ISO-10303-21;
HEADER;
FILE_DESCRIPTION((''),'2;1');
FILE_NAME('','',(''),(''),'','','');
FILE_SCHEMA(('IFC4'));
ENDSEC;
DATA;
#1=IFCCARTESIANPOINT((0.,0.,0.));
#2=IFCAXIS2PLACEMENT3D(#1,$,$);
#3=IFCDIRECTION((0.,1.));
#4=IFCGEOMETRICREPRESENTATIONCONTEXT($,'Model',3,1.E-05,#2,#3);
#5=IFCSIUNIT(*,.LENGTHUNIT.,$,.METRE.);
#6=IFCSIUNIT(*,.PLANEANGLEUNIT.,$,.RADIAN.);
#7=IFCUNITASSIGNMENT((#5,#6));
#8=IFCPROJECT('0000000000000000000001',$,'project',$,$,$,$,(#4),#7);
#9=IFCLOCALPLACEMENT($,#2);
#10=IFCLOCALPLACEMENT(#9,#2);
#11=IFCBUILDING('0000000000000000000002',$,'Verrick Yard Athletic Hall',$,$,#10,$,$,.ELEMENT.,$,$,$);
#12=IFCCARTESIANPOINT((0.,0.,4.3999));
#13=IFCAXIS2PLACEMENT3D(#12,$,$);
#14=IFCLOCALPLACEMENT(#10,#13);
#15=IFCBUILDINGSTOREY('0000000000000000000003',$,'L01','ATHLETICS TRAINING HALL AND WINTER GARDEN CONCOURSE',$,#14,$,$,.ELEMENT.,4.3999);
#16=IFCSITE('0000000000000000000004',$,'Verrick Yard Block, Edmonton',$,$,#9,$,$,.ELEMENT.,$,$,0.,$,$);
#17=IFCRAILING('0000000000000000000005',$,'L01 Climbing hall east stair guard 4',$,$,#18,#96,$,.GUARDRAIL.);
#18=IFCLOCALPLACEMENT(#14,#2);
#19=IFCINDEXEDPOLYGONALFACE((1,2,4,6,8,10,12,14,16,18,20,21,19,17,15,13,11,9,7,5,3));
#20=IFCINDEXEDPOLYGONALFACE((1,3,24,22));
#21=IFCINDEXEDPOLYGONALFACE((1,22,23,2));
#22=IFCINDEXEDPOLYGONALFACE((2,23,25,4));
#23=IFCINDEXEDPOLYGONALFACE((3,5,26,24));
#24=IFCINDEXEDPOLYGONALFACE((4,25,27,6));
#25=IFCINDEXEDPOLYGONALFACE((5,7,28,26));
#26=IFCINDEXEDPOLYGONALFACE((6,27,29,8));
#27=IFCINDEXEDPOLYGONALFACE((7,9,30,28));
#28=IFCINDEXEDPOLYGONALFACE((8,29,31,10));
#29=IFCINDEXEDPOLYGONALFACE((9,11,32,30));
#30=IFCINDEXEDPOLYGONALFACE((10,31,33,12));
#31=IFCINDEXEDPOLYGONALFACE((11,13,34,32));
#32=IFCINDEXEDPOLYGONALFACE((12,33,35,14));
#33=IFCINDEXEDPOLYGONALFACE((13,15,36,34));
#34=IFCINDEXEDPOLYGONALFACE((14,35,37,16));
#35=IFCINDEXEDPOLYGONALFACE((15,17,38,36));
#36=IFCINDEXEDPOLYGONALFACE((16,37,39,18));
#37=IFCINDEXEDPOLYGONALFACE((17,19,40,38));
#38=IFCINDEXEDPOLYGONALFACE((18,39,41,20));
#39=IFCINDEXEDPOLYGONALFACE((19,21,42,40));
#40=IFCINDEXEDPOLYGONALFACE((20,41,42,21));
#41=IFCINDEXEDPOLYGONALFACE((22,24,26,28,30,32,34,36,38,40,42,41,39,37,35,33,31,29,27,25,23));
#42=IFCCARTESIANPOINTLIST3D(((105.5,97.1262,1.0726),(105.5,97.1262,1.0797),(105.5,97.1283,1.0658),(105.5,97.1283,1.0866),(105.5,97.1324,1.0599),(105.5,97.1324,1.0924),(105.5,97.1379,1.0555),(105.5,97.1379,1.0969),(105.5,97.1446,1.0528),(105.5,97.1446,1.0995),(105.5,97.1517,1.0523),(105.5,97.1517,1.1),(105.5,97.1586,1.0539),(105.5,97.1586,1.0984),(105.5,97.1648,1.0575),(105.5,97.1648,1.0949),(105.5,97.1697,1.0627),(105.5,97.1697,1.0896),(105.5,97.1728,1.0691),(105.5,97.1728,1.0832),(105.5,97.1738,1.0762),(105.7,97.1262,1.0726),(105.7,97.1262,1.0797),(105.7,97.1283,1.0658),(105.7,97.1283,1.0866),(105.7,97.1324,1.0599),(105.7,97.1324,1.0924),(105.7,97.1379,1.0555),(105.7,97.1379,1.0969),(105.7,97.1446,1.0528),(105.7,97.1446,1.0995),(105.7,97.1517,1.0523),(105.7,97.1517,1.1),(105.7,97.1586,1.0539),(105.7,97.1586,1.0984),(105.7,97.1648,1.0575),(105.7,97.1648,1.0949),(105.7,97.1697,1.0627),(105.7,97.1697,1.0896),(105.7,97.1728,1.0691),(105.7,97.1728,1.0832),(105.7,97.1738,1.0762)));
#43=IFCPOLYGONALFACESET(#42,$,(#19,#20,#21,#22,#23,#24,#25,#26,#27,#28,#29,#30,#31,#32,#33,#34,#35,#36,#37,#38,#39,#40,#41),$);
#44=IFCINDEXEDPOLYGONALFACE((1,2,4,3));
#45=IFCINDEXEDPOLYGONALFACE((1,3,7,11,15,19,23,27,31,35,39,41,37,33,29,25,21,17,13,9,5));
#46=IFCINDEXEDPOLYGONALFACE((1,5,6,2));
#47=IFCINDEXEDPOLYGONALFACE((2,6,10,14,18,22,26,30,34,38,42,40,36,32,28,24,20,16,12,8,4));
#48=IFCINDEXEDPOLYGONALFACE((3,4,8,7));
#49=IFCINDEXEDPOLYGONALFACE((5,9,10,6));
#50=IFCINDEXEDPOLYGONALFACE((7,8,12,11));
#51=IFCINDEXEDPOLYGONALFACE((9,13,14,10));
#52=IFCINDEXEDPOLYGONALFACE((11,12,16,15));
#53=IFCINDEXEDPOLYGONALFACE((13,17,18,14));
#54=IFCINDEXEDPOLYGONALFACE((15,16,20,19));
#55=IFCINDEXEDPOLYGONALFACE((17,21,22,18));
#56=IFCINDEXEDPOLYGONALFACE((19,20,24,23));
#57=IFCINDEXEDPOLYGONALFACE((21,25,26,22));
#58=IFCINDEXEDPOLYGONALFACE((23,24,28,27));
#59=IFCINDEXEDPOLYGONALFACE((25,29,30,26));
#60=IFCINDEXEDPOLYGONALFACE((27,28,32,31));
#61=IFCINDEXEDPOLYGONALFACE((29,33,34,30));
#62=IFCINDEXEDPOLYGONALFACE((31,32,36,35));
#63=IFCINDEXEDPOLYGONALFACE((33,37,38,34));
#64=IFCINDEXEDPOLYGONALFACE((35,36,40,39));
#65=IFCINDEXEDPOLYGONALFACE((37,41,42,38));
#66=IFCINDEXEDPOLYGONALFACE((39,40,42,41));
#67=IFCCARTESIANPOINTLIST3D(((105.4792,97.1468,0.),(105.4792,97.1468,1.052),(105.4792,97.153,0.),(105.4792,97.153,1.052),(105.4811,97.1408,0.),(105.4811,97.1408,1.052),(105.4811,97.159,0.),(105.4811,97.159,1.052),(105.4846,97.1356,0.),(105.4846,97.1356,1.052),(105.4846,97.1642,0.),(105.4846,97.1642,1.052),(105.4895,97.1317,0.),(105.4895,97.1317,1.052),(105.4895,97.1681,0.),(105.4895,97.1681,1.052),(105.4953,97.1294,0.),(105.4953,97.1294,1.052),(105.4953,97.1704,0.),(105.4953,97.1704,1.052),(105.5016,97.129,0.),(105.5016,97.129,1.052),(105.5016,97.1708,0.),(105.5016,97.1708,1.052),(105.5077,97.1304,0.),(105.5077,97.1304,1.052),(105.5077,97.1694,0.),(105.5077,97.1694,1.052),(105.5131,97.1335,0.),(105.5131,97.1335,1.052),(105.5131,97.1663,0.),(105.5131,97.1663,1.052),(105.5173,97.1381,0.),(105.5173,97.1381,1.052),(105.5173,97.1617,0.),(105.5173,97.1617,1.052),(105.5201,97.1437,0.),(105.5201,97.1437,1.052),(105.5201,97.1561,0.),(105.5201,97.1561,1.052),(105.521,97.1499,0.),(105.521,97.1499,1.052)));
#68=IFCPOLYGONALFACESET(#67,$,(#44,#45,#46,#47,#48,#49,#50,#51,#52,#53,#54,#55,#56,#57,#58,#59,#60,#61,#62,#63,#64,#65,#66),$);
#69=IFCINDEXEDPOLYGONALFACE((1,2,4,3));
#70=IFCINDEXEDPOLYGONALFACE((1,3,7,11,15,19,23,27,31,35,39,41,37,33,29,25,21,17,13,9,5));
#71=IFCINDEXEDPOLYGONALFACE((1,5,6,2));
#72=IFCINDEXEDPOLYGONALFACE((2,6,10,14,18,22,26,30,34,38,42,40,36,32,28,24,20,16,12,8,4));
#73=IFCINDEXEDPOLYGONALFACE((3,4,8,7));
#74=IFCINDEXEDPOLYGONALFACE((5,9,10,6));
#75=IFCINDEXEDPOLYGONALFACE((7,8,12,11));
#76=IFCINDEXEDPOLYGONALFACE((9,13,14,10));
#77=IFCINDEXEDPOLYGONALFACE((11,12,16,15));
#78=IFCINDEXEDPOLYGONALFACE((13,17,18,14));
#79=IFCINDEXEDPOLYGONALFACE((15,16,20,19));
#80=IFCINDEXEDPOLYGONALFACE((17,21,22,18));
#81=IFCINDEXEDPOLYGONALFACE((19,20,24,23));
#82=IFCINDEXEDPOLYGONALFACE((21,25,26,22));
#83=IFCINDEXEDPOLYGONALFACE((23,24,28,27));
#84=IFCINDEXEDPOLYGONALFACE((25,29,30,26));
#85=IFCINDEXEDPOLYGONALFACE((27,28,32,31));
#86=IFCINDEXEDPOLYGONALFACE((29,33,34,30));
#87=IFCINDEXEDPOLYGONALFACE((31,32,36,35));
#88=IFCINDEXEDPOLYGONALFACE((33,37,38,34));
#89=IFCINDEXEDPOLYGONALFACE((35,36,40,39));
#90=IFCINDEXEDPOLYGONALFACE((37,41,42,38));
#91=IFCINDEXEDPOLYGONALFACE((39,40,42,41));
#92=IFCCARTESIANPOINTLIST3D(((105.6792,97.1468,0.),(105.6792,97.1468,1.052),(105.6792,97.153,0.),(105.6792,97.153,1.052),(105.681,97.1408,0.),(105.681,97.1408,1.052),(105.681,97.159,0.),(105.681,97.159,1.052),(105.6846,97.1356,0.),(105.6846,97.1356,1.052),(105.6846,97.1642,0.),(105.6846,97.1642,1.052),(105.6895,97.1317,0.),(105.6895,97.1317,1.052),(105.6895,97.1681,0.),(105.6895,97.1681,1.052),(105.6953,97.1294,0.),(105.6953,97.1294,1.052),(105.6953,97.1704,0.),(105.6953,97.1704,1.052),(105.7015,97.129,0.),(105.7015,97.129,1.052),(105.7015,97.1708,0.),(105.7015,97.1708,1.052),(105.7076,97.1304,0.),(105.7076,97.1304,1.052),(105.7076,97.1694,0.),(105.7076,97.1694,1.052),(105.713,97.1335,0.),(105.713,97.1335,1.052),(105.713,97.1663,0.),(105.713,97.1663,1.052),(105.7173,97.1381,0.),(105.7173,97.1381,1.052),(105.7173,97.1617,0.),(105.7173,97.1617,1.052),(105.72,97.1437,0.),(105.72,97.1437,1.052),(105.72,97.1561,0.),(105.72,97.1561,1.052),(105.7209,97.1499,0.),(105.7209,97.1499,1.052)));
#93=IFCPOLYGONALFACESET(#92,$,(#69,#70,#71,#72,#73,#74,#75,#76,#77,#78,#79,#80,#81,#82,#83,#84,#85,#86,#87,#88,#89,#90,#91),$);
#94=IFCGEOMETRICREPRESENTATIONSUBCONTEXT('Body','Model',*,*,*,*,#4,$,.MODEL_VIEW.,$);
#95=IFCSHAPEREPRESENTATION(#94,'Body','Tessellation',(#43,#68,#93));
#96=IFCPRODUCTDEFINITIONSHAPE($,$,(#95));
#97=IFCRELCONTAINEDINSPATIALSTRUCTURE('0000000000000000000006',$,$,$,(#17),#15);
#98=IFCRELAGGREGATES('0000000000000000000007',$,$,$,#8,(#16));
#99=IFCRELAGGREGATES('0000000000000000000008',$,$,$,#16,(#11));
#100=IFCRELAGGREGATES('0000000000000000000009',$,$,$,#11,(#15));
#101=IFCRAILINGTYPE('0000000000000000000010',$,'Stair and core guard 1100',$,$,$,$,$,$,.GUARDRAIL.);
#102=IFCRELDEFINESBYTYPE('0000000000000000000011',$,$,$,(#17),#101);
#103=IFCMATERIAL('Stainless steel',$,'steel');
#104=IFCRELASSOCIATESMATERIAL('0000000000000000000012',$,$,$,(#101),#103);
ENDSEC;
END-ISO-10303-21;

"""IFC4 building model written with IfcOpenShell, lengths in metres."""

from ifc_helpers import new_model, si_unit, direction, frame, origin, origin_2d, place, context, subcontext, project, spatial, circle, extrude, material, type_object, element, save


model = new_model("IFC4")

# Units and contexts
model_context = context("Model", 3, precision=1e-05, world=origin(), true_north=direction((0.0, 1.0)))
body_context = subcontext(model_context, "Body", "Model", "MODEL_VIEW")
ifc_project = project(units=[si_unit("LENGTHUNIT", "METRE"), si_unit("PLANEANGLEUNIT", "RADIAN")], contexts=[model_context])

# Site, building, storey
site_placement = place(None, origin())
site = spatial("IfcSite", under=ifc_project, at=site_placement, Name="Verrick Yard Block, Edmonton", CompositionType="ELEMENT", RefElevation=0.0)
building_placement = place(site_placement, origin())
building = spatial("IfcBuilding", under=site, at=building_placement, Name="Verrick Yard Athletic Hall", CompositionType="ELEMENT")
storey_placement = place(building_placement, frame((0.0, 0.0, 4.3999)))
storey = spatial("IfcBuildingStorey", under=building, at=storey_placement, Name="L01", Description="ATHLETICS TRAINING HALL AND WINTER GARDEN CONCOURSE", CompositionType="ELEMENT", Elevation=4.3999)

# Railing
ifc_material_1 = material(Name="Stainless steel", Category="steel")
railing_type_1 = type_object("IfcRailingType", Name="Stair and core guard 1100", PredefinedType="GUARDRAIL", material=ifc_material_1)
railing_1_placement = place(storey_placement, frame((105.5, 97.1499, 0.0)))
element("IfcRailing", 1, at=railing_1_placement, inside=storey, type_object=railing_type_1, Name="L01 Climbing hall east stair guard 4", PredefinedType="GUARDRAIL", context=body_context, shape_type="SweptSolid", body=[
    extrude(circle(Radius=0.0239, at=origin_2d()), frame((0.0, 0.0, 1.0762), z_axis=(1.0, 0.0, 0.0), x_axis=(0.0, 1.0, 0.0)), (0.0, 0.0, 1.0), 0.2),
    extrude(circle(Radius=0.021, at=origin_2d()), origin(), (0.0, 0.0, 1.0), 1.052),
    extrude(circle(Radius=0.021, at=origin_2d()), frame((0.2, 0.0, 0.0)), (0.0, 0.0, 1.0), 1.052),
])

save(model, "model.ifc")
